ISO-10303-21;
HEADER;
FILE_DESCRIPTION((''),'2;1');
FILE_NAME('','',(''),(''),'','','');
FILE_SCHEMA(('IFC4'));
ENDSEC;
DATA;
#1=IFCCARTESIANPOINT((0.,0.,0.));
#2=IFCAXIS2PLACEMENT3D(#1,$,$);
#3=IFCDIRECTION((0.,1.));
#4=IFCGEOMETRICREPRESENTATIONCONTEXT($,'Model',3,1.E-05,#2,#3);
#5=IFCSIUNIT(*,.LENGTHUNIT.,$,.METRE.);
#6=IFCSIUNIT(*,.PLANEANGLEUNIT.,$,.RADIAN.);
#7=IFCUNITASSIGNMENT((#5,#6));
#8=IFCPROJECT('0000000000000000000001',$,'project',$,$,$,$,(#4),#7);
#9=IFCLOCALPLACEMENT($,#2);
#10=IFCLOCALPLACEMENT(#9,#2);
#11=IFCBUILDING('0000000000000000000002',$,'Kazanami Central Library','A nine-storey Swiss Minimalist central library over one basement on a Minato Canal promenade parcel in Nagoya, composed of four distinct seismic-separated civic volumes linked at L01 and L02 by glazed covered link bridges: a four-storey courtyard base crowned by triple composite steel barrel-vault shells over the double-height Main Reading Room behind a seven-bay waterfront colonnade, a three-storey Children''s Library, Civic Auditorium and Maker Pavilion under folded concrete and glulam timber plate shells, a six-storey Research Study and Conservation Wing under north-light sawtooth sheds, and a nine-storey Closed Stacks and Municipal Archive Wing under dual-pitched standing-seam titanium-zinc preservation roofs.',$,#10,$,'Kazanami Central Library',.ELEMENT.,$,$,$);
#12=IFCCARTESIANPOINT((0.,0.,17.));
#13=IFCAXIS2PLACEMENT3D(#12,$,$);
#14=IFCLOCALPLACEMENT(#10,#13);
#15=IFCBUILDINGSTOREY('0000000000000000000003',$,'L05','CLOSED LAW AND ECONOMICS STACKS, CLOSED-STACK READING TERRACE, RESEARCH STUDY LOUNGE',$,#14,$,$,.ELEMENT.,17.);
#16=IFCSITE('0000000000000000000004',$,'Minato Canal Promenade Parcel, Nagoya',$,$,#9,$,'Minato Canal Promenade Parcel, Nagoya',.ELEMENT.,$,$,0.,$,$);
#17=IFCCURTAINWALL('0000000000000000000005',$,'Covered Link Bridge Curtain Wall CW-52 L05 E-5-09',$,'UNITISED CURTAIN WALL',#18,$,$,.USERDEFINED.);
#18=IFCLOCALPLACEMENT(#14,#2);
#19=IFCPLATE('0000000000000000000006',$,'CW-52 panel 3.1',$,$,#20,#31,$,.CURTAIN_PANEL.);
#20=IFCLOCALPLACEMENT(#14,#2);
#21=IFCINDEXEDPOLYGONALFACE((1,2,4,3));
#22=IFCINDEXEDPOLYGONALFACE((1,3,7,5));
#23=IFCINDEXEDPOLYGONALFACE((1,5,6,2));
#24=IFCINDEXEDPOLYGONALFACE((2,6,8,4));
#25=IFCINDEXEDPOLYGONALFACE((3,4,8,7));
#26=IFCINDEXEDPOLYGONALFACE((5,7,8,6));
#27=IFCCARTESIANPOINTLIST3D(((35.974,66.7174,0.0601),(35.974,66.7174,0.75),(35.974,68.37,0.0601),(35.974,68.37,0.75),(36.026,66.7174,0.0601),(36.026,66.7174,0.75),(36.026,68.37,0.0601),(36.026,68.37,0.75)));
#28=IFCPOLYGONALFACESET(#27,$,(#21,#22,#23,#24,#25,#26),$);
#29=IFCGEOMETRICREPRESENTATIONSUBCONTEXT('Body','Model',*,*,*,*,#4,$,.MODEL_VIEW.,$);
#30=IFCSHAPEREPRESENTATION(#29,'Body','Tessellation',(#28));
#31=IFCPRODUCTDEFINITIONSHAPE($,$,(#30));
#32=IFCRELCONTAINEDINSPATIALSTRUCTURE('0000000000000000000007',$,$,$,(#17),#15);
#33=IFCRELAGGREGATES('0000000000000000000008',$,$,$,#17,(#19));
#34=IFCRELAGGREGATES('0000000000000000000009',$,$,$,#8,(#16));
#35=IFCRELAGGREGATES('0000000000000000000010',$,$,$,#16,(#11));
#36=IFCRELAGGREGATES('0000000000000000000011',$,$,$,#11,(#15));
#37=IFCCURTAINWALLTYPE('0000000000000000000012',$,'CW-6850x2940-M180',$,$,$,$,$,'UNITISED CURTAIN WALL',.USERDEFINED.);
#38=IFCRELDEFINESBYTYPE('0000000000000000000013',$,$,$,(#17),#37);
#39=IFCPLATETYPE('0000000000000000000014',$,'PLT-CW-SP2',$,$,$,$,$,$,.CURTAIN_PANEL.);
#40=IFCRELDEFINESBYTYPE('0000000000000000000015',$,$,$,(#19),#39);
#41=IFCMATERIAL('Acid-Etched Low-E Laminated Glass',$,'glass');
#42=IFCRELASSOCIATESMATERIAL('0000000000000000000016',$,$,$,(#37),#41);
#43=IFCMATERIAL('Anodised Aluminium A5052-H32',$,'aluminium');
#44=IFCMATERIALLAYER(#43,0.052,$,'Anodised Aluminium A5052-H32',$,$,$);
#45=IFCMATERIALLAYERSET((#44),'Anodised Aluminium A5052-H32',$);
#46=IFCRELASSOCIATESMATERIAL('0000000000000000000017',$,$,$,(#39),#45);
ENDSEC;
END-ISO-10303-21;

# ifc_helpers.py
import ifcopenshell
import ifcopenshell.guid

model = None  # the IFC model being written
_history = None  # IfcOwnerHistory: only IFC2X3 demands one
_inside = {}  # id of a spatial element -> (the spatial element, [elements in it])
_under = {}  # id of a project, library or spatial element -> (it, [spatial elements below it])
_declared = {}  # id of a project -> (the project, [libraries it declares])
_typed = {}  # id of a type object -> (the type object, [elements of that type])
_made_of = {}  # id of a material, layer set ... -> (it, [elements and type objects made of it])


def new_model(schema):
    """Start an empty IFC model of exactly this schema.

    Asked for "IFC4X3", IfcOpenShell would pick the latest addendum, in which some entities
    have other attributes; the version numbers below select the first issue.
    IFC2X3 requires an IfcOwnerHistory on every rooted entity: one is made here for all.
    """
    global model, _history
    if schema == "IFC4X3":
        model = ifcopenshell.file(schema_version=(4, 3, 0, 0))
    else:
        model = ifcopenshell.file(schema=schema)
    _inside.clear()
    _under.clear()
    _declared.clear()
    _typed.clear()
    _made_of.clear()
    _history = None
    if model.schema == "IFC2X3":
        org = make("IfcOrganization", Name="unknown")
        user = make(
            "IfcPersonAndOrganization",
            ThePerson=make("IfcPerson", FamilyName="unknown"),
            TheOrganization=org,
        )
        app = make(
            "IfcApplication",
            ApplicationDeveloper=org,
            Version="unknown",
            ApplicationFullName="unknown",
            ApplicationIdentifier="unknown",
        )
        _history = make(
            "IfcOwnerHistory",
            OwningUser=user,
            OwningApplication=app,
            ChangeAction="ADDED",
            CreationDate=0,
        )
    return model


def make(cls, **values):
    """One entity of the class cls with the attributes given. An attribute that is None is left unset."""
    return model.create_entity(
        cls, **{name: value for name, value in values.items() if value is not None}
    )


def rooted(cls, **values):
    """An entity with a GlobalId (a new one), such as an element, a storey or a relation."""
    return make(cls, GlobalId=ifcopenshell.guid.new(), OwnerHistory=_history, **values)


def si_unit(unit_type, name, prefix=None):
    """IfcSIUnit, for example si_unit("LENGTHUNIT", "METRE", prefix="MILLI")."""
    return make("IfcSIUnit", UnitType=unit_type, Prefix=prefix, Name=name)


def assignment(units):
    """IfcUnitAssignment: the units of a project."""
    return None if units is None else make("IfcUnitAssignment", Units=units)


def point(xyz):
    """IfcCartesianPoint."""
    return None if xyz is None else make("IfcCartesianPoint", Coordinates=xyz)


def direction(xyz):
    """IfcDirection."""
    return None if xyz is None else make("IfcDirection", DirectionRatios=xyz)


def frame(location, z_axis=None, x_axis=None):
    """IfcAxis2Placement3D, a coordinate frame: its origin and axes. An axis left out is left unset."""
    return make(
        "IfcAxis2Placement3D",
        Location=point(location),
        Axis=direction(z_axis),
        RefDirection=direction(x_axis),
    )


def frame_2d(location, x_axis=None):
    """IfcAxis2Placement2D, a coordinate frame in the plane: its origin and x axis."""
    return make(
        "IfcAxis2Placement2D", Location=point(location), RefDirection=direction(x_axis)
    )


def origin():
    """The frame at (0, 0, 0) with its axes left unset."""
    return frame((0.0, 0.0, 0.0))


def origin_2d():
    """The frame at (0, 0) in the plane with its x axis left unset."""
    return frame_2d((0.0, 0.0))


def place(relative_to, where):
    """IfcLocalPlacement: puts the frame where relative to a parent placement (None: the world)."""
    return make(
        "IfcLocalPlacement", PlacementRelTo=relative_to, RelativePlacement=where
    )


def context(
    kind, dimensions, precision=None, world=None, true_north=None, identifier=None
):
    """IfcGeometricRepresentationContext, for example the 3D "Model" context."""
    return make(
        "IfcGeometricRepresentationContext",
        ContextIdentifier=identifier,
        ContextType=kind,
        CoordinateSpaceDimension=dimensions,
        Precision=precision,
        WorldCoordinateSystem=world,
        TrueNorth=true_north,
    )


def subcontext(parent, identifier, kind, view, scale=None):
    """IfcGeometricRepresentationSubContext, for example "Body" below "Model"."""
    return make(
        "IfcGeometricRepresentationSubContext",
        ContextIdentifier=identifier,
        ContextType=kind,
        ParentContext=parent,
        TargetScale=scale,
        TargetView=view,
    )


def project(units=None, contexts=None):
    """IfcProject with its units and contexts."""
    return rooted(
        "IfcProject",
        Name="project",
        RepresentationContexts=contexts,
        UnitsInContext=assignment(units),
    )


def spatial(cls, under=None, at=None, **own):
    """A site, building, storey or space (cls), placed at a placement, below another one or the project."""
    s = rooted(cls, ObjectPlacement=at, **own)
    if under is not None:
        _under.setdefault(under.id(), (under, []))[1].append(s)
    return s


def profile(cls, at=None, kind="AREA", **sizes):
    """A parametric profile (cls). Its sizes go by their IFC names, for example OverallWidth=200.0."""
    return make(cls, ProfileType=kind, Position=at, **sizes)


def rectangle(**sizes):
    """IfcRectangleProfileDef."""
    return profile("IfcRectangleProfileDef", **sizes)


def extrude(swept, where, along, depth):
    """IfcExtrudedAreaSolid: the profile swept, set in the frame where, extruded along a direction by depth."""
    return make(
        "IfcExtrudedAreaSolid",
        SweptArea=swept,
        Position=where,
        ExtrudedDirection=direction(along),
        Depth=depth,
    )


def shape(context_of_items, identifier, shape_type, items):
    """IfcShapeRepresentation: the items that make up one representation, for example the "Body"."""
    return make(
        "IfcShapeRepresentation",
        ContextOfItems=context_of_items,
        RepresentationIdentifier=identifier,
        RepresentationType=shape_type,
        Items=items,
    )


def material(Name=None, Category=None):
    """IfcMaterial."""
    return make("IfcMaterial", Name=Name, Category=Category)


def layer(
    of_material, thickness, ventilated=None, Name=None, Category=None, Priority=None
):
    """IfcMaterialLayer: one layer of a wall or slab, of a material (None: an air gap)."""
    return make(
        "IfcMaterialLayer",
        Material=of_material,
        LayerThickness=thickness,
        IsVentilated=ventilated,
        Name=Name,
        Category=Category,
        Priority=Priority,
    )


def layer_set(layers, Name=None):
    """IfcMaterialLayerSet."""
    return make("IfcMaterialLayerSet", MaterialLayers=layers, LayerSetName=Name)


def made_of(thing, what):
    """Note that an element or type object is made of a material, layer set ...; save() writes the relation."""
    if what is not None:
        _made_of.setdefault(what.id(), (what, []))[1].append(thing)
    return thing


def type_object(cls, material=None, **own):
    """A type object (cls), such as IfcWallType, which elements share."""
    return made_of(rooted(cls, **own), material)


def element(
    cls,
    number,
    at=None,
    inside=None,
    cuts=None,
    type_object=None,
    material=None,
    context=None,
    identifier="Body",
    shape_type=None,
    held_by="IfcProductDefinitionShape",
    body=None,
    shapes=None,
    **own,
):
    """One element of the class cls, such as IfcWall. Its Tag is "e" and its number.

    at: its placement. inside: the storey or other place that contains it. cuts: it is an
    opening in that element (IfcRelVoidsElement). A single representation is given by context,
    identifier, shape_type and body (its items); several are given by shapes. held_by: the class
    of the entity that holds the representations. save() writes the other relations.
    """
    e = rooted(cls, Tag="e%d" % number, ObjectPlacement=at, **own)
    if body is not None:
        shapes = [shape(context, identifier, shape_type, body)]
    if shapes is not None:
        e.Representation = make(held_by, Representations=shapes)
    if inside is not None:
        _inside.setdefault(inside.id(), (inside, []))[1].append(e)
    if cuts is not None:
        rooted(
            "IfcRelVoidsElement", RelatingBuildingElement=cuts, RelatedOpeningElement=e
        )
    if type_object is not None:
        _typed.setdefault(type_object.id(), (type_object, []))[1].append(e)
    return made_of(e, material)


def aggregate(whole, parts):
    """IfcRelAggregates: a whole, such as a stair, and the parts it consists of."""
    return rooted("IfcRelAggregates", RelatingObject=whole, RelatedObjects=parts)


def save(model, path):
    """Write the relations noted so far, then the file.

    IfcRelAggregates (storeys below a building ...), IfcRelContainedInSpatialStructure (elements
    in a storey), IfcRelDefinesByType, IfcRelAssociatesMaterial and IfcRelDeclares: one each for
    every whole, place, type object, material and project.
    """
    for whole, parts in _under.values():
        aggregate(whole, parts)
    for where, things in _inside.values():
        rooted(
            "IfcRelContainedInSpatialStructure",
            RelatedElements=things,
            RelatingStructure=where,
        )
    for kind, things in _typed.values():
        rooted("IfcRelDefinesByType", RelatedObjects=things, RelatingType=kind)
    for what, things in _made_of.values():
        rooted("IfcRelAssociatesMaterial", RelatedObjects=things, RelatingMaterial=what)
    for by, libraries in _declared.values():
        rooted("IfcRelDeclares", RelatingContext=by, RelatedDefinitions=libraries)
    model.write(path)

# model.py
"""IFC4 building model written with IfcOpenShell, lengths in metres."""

from ifc_helpers import new_model, si_unit, direction, frame, origin, origin_2d, place, context, subcontext, project, spatial, rectangle, extrude, material, layer, layer_set, type_object, element, aggregate, save


model = new_model("IFC4")

# Units and contexts
model_context = context("Model", 3, precision=1e-05, world=origin(), true_north=direction((0.0, 1.0)))
body_context = subcontext(model_context, "Body", "Model", "MODEL_VIEW")
ifc_project = project(units=[si_unit("LENGTHUNIT", "METRE"), si_unit("PLANEANGLEUNIT", "RADIAN")], contexts=[model_context])

# Site, building, storey
site_placement = place(None, origin())
site = spatial("IfcSite", under=ifc_project, at=site_placement, Name="Minato Canal Promenade Parcel, Nagoya", LongName="Minato Canal Promenade Parcel, Nagoya", CompositionType="ELEMENT", RefElevation=0.0)
building_placement = place(site_placement, origin())
building = spatial("IfcBuilding", under=site, at=building_placement, Name="Kazanami Central Library", Description="A nine-storey Swiss Minimalist central library over one basement on a Minato Canal promenade parcel in Nagoya, composed of four distinct seismic-separated civic volumes linked at L01 and L02 by glazed covered link bridges: a four-storey courtyard base crowned by triple composite steel barrel-vault shells over the double-height Main Reading Room behind a seven-bay waterfront colonnade, a three-storey Children's Library, Civic Auditorium and Maker Pavilion under folded concrete and glulam timber plate shells, a six-storey Research Study and Conservation Wing under north-light sawtooth sheds, and a nine-storey Closed Stacks and Municipal Archive Wing under dual-pitched standing-seam titanium-zinc preservation roofs.", LongName="Kazanami Central Library", CompositionType="ELEMENT")
storey_placement = place(building_placement, frame((0.0, 0.0, 17.0)))
storey = spatial("IfcBuildingStorey", under=building, at=storey_placement, Name="L05", Description="CLOSED LAW AND ECONOMICS STACKS, CLOSED-STACK READING TERRACE, RESEARCH STUDY LOUNGE", CompositionType="ELEMENT", Elevation=17.0)

# Curtain wall, plate
ifc_material_1 = material(Name="Acid-Etched Low-E Laminated Glass", Category="glass")
curtain_wall_type = type_object("IfcCurtainWallType", Name="CW-6850x2940-M180", ElementType="UNITISED CURTAIN WALL", PredefinedType="USERDEFINED", material=ifc_material_1)
curtain_wall_placement = place(storey_placement, origin())
curtain_wall = element("IfcCurtainWall", 1, at=curtain_wall_placement, inside=storey, type_object=curtain_wall_type, Name="Covered Link Bridge Curtain Wall CW-52 L05 E-5-09", ObjectType="UNITISED CURTAIN WALL", PredefinedType="USERDEFINED")
ifc_material_2 = material(Name="Anodised Aluminium A5052-H32", Category="aluminium")
ifc_layer_1 = layer(ifc_material_2, 0.052, Name="Anodised Aluminium A5052-H32")
ifc_layer_set_1 = layer_set([ifc_layer_1], Name="Anodised Aluminium A5052-H32")
plate_type_1 = type_object("IfcPlateType", Name="PLT-CW-SP2", PredefinedType="CURTAIN_PANEL", material=ifc_layer_set_1)
plate_1_placement = place(storey_placement, frame((36.0, 67.5437, 0.0601), z_axis=(0.0, 0.0, 1.0), x_axis=(0.0, -1.0, 0.0)))
plate_1 = element("IfcPlate", 2, at=plate_1_placement, type_object=plate_type_1, Name="CW-52 panel 3.1", PredefinedType="CURTAIN_PANEL", context=body_context, shape_type="SweptSolid", body=[
    extrude(rectangle(XDim=1.6526, YDim=0.052, at=origin_2d()), origin(), (0.0, 0.0, 1.0), 0.6899),
])
aggregate(curtain_wall, [plate_1])

save(model, "model.ifc")
